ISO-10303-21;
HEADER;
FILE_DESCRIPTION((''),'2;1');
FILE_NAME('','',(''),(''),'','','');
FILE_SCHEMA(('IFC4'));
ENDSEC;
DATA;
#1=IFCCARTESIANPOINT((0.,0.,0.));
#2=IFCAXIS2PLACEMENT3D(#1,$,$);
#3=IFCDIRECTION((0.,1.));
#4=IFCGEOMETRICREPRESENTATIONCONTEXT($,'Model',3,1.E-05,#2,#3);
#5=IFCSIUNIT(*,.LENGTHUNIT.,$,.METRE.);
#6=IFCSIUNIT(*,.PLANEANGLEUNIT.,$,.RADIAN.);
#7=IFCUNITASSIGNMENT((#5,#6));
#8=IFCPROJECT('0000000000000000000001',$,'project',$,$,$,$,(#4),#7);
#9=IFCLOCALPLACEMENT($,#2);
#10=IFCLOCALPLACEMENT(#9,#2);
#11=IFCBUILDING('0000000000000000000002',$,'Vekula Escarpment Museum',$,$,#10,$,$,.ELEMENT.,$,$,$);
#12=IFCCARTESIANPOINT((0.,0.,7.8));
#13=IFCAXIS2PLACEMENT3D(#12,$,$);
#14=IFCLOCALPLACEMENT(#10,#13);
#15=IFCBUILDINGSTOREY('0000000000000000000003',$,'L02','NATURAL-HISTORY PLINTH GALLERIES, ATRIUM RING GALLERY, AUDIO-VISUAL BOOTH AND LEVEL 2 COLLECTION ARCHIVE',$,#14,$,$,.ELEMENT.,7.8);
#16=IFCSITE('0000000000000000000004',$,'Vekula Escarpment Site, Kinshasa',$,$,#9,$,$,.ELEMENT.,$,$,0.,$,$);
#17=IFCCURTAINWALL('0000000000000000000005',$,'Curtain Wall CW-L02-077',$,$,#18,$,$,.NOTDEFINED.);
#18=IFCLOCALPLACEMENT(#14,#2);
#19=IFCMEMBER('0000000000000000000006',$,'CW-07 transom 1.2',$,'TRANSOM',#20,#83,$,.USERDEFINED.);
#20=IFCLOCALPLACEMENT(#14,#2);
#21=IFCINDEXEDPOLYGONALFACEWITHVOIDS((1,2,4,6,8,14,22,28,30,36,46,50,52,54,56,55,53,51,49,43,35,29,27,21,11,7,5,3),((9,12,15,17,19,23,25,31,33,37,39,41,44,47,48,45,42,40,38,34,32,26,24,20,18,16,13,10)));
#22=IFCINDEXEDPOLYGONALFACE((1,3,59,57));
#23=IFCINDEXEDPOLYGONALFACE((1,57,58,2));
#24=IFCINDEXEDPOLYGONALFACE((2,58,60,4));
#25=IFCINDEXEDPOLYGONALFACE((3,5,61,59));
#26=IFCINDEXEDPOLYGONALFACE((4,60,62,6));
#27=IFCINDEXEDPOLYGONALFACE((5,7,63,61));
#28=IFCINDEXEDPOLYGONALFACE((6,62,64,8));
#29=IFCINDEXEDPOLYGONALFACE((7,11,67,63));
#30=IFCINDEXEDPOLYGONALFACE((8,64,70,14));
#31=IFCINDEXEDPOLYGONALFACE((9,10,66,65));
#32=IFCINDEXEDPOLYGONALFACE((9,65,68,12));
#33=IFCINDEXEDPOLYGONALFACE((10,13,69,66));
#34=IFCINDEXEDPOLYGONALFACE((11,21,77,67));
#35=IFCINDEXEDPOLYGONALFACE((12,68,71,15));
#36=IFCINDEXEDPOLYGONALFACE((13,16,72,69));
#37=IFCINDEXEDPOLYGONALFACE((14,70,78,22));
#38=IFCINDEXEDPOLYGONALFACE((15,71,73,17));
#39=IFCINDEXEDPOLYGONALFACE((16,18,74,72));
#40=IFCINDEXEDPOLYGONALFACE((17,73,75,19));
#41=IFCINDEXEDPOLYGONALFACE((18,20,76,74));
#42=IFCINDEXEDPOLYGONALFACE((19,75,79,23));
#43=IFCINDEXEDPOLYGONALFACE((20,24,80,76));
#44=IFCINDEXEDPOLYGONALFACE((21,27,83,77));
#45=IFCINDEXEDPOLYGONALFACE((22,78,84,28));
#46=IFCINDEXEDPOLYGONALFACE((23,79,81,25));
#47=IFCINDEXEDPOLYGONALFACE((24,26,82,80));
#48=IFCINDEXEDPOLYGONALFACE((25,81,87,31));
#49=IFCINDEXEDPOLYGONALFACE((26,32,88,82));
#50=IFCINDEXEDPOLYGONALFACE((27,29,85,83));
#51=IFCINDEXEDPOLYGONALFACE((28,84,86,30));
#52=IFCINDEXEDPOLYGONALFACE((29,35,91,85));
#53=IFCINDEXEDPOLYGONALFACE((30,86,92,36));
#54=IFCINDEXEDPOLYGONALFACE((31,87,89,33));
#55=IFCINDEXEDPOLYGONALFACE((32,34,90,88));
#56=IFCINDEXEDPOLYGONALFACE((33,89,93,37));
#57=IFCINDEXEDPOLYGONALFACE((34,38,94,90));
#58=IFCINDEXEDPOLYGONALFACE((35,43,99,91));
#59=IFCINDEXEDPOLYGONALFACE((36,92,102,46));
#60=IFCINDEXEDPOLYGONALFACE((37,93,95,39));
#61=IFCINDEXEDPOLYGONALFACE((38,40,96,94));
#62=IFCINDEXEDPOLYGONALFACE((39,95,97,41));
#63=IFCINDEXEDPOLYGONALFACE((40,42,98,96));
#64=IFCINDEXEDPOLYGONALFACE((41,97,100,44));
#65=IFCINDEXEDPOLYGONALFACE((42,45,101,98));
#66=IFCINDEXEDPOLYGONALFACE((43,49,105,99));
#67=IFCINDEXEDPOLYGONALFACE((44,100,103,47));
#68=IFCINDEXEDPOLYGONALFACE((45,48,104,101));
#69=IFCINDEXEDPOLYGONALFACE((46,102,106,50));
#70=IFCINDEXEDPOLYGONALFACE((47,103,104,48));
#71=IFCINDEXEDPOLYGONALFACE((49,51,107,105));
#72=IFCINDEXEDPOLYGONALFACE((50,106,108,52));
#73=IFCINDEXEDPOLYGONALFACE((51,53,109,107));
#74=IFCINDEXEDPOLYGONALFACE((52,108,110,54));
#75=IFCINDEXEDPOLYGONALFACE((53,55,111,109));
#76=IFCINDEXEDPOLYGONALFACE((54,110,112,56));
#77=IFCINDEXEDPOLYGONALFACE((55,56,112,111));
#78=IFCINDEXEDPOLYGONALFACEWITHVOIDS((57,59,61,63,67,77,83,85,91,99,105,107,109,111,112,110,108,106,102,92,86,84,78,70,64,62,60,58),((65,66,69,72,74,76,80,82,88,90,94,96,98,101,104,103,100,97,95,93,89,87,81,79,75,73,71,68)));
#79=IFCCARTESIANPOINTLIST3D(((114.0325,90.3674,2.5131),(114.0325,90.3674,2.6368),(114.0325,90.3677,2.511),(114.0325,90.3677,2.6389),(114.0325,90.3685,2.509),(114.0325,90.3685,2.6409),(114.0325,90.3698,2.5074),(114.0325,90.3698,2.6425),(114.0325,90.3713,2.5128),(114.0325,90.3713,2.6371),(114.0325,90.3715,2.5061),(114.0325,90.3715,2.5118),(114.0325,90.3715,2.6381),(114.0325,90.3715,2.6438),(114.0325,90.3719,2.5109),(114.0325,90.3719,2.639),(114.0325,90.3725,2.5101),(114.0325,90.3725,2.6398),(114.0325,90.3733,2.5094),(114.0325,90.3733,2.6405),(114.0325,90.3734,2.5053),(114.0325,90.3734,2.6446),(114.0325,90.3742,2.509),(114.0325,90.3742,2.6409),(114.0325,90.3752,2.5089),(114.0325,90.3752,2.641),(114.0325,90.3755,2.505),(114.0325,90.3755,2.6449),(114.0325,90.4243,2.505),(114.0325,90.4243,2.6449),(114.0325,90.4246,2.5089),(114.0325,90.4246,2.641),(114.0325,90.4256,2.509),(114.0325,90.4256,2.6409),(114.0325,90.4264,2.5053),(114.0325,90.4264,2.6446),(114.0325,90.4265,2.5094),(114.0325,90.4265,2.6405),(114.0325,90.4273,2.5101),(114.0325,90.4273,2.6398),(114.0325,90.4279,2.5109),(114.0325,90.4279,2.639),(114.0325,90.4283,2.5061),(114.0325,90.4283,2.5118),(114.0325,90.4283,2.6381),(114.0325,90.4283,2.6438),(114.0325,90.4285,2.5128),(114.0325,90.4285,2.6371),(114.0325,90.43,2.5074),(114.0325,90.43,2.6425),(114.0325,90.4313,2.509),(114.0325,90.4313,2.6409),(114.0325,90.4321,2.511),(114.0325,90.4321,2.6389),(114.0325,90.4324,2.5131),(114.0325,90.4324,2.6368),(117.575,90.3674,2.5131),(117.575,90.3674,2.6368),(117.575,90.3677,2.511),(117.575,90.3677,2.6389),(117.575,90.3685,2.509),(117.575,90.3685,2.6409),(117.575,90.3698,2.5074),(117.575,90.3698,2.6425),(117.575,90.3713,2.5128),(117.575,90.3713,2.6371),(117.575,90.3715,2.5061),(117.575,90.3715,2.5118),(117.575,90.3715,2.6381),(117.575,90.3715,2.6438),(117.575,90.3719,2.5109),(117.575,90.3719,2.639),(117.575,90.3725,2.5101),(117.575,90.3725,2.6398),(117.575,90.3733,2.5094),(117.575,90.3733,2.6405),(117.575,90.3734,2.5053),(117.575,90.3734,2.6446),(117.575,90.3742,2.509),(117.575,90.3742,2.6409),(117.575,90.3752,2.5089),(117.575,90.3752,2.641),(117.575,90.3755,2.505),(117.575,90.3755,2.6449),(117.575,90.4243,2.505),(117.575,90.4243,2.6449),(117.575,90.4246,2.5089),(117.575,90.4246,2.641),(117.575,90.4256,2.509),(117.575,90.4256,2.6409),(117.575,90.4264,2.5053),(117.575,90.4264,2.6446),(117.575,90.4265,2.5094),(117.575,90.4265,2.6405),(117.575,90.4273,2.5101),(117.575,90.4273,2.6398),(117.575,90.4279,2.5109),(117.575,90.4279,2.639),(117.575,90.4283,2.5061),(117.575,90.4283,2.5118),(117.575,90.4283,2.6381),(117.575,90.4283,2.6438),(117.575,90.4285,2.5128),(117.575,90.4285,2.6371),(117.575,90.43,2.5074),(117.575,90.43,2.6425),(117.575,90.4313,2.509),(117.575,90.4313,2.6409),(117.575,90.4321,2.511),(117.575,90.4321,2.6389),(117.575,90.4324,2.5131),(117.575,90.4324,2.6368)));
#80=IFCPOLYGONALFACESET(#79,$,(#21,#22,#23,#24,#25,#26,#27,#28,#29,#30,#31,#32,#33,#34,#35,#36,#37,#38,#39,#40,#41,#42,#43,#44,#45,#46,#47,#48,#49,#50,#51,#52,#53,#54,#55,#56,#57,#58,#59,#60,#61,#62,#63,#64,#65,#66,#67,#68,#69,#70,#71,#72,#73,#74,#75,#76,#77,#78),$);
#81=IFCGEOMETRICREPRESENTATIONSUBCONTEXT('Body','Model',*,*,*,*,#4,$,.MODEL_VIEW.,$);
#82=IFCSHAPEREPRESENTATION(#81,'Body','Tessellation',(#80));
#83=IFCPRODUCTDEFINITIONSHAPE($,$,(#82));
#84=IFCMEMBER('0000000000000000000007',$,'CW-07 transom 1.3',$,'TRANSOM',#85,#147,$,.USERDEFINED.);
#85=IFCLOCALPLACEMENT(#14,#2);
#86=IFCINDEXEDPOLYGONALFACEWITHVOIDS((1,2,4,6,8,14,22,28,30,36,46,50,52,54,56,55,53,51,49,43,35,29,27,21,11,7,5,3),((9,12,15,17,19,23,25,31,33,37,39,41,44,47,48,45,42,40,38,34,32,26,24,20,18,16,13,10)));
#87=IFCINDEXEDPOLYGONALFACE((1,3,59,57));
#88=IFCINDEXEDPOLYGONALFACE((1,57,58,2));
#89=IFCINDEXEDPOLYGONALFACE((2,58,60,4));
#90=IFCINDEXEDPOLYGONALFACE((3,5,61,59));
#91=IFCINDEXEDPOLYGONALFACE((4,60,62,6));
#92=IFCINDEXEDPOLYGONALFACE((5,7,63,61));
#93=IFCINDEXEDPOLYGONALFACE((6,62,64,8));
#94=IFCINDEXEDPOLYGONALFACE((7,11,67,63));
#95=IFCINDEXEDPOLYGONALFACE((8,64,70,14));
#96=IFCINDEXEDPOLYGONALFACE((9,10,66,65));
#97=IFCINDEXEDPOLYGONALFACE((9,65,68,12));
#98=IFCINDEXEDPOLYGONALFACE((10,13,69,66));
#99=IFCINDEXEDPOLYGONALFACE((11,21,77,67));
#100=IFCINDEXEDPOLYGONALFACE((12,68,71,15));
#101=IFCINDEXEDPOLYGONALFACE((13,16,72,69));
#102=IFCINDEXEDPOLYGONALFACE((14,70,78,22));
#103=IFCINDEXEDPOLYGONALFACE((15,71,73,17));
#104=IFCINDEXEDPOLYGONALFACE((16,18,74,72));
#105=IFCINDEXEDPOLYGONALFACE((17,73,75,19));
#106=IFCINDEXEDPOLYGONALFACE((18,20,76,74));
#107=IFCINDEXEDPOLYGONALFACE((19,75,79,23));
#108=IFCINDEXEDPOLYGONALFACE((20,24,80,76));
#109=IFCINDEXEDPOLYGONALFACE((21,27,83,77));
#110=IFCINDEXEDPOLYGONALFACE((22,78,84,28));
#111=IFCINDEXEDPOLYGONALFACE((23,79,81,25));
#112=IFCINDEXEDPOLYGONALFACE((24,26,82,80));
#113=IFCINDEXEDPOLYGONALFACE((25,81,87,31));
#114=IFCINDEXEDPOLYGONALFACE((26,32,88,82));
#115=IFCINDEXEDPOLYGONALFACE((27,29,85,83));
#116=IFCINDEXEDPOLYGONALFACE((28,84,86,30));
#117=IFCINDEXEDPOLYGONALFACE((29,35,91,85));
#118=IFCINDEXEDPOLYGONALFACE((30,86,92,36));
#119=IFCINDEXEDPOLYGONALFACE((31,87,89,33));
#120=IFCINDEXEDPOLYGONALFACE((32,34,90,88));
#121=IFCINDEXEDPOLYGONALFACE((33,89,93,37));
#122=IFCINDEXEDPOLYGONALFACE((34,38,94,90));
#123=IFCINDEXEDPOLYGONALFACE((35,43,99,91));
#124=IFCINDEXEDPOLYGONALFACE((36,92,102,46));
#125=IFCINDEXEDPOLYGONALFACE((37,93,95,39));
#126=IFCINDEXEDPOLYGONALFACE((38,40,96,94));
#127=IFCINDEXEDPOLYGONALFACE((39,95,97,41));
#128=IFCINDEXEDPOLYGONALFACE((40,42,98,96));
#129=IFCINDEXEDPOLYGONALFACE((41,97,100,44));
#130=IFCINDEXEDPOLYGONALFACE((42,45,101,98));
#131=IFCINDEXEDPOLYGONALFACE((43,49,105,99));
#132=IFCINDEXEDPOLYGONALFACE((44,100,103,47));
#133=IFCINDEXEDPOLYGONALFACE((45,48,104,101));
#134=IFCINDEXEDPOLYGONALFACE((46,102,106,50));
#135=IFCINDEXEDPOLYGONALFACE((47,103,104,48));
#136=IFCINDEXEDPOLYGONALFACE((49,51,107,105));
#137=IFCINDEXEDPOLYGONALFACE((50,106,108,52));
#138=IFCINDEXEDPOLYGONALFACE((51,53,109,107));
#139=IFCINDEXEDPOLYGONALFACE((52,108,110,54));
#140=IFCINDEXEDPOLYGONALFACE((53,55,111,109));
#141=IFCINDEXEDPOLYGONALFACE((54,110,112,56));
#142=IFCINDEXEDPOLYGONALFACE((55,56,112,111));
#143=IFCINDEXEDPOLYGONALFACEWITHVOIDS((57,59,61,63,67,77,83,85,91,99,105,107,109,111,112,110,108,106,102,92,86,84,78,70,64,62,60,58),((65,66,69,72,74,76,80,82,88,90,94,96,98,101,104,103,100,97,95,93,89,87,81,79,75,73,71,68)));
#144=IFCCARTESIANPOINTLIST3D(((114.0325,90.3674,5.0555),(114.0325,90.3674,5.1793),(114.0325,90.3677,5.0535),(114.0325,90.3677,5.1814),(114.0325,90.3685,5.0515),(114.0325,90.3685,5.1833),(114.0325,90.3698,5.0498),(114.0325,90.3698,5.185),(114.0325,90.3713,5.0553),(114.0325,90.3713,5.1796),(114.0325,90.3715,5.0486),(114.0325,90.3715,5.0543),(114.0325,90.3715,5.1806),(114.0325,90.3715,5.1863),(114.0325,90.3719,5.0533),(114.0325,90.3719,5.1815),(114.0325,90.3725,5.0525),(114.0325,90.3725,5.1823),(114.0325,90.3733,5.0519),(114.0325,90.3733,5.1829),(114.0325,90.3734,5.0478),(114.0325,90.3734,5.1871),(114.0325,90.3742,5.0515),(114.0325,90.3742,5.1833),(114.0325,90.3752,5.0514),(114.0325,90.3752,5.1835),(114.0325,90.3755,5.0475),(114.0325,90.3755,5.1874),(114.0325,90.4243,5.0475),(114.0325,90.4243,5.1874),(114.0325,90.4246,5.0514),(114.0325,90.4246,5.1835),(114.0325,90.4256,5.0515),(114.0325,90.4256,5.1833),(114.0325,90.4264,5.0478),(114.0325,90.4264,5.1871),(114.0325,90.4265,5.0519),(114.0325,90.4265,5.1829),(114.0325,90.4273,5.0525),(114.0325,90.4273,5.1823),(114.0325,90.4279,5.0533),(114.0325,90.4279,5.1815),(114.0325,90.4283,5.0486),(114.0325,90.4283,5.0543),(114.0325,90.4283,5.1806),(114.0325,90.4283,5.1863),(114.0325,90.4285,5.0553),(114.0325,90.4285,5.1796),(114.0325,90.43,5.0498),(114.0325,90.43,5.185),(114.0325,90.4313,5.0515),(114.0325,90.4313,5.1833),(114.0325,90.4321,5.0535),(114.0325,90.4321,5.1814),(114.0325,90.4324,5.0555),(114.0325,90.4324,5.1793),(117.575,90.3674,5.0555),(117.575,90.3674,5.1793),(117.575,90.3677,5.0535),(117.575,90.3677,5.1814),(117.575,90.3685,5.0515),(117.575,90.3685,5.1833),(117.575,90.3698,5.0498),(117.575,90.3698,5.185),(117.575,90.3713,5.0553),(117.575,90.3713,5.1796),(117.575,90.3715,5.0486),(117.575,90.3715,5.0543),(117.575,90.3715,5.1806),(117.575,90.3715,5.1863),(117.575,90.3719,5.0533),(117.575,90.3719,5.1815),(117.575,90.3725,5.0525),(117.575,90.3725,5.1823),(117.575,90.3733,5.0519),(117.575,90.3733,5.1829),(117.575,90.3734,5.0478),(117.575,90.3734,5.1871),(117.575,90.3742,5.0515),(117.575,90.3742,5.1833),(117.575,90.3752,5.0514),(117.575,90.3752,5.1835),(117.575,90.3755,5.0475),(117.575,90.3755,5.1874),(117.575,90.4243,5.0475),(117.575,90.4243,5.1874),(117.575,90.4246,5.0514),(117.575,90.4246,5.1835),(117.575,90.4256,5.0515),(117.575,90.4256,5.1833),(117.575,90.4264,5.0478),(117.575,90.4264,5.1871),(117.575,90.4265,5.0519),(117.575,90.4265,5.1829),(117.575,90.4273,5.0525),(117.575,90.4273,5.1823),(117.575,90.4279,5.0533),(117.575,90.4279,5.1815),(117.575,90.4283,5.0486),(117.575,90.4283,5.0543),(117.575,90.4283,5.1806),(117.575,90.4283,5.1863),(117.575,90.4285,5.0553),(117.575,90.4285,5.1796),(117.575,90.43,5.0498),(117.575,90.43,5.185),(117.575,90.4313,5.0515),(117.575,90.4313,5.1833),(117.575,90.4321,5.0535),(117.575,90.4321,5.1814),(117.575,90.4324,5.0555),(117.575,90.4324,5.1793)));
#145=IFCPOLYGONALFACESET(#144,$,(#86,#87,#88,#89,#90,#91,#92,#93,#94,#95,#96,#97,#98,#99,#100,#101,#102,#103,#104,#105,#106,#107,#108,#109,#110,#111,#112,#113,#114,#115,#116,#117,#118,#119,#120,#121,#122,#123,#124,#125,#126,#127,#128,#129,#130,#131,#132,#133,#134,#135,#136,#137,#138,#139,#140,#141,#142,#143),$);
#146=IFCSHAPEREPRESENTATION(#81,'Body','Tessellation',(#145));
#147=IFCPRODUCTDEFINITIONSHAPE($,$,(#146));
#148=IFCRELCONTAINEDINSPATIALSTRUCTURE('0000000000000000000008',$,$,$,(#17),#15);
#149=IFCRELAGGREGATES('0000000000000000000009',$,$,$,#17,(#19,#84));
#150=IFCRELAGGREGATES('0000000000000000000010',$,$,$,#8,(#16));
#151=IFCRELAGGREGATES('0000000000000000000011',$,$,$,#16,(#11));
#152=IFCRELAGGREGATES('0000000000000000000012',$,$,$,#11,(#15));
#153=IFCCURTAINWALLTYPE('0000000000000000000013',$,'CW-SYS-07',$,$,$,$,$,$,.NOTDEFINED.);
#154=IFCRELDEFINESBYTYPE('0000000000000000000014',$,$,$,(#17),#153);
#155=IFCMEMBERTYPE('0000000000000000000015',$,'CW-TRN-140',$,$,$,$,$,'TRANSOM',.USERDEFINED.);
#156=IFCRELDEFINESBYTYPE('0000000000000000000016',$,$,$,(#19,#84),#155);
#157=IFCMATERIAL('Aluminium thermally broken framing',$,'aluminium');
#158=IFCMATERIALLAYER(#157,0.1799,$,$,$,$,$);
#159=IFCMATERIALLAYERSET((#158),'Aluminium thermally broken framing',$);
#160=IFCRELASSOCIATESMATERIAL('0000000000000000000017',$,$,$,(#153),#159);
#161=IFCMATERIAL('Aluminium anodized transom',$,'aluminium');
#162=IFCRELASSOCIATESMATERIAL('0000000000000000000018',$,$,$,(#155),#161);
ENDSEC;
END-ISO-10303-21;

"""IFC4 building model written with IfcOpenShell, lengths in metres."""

from ifc_helpers import new_model, si_unit, direction, frame, origin, origin_2d, place, context, subcontext, project, spatial, hollow_rectangle, extrude, material, layer, layer_set, material_profile, profile_set, type_object, element, aggregate, save


model = new_model("IFC4")

# Units and contexts
model_context = context("Model", 3, precision=1e-05, world=origin(), true_north=direction((0.0, 1.0)))
body_context = subcontext(model_context, "Body", "Model", "MODEL_VIEW")
ifc_project = project(units=[si_unit("LENGTHUNIT", "METRE"), si_unit("PLANEANGLEUNIT", "RADIAN")], contexts=[model_context])

# Site, building, storey
site_placement = place(None, origin())
site = spatial("IfcSite", under=ifc_project, at=site_placement, Name="Vekula Escarpment Site, Kinshasa", CompositionType="ELEMENT", RefElevation=0.0)
building_placement = place(site_placement, origin())
building = spatial("IfcBuilding", under=site, at=building_placement, Name="Vekula Escarpment Museum", CompositionType="ELEMENT")
storey_placement = place(building_placement, frame((0.0, 0.0, 7.8)))
storey = spatial("IfcBuildingStorey", under=building, at=storey_placement, Name="L02", Description="NATURAL-HISTORY PLINTH GALLERIES, ATRIUM RING GALLERY, AUDIO-VISUAL BOOTH AND LEVEL 2 COLLECTION ARCHIVE", CompositionType="ELEMENT", Elevation=7.8)

# Curtain wall, members
ifc_material_1 = material(Name="Aluminium thermally broken framing", Category="aluminium")
ifc_layer_1 = layer(ifc_material_1, 0.1799)
ifc_layer_set_1 = layer_set([ifc_layer_1], Name="Aluminium thermally broken framing")
curtain_wall_type = type_object("IfcCurtainWallType", Name="CW-SYS-07", PredefinedType="NOTDEFINED", material=ifc_layer_set_1)
curtain_wall_placement = place(storey_placement, origin())
curtain_wall = element("IfcCurtainWall", 1, at=curtain_wall_placement, inside=storey, type_object=curtain_wall_type, Name="Curtain Wall CW-L02-077", PredefinedType="NOTDEFINED")
ifc_material_2 = material(Name="Aluminium anodized transom", Category="aluminium")
ifc_material_profile_1 = material_profile(ifc_material_2, hollow_rectangle(XDim=0.0649, YDim=0.1399, WallThickness=0.0039, InnerFilletRadius=0.0039, OuterFilletRadius=0.0081, at=origin_2d()), Name="ALU 140x65x4")
ifc_profile_set_1 = profile_set([ifc_material_profile_1], Name="Aluminium anodized transom")
member_type_1 = type_object("IfcMemberType", Name="CW-TRN-140", ElementType="TRANSOM", PredefinedType="USERDEFINED", material=ifc_profile_set_1)
member_1_placement = place(storey_placement, frame((117.575, 90.3999, 2.575), z_axis=(-1.0, 0.0, 0.0), x_axis=(0.0, -1.0, 0.0)))
member_1 = element("IfcMember", 2, at=member_1_placement, type_object=member_type_1, Name="CW-07 transom 1.2", ObjectType="TRANSOM", PredefinedType="USERDEFINED", context=body_context, shape_type="SweptSolid", body=[
    extrude(hollow_rectangle(XDim=0.0649, YDim=0.1399, WallThickness=0.0039, InnerFilletRadius=0.0039, OuterFilletRadius=0.0081, at=origin_2d()), origin(), (0.0, 0.0, 1.0), 3.5425),
])
member_2_placement = place(storey_placement, frame((117.575, 90.3999, 5.1174), z_axis=(-1.0, 0.0, 0.0), x_axis=(0.0, -1.0, 0.0)))
member_2 = element("IfcMember", 3, at=member_2_placement, type_object=member_type_1, Name="CW-07 transom 1.3", ObjectType="TRANSOM", PredefinedType="USERDEFINED", context=body_context, shape_type="SweptSolid", body=[
    extrude(hollow_rectangle(XDim=0.0649, YDim=0.1399, WallThickness=0.0039, InnerFilletRadius=0.0039, OuterFilletRadius=0.0081, at=origin_2d()), origin(), (0.0, 0.0, 1.0), 3.5425),
])

aggregate(curtain_wall, [member_1, member_2])

save(model, "model.ifc")
